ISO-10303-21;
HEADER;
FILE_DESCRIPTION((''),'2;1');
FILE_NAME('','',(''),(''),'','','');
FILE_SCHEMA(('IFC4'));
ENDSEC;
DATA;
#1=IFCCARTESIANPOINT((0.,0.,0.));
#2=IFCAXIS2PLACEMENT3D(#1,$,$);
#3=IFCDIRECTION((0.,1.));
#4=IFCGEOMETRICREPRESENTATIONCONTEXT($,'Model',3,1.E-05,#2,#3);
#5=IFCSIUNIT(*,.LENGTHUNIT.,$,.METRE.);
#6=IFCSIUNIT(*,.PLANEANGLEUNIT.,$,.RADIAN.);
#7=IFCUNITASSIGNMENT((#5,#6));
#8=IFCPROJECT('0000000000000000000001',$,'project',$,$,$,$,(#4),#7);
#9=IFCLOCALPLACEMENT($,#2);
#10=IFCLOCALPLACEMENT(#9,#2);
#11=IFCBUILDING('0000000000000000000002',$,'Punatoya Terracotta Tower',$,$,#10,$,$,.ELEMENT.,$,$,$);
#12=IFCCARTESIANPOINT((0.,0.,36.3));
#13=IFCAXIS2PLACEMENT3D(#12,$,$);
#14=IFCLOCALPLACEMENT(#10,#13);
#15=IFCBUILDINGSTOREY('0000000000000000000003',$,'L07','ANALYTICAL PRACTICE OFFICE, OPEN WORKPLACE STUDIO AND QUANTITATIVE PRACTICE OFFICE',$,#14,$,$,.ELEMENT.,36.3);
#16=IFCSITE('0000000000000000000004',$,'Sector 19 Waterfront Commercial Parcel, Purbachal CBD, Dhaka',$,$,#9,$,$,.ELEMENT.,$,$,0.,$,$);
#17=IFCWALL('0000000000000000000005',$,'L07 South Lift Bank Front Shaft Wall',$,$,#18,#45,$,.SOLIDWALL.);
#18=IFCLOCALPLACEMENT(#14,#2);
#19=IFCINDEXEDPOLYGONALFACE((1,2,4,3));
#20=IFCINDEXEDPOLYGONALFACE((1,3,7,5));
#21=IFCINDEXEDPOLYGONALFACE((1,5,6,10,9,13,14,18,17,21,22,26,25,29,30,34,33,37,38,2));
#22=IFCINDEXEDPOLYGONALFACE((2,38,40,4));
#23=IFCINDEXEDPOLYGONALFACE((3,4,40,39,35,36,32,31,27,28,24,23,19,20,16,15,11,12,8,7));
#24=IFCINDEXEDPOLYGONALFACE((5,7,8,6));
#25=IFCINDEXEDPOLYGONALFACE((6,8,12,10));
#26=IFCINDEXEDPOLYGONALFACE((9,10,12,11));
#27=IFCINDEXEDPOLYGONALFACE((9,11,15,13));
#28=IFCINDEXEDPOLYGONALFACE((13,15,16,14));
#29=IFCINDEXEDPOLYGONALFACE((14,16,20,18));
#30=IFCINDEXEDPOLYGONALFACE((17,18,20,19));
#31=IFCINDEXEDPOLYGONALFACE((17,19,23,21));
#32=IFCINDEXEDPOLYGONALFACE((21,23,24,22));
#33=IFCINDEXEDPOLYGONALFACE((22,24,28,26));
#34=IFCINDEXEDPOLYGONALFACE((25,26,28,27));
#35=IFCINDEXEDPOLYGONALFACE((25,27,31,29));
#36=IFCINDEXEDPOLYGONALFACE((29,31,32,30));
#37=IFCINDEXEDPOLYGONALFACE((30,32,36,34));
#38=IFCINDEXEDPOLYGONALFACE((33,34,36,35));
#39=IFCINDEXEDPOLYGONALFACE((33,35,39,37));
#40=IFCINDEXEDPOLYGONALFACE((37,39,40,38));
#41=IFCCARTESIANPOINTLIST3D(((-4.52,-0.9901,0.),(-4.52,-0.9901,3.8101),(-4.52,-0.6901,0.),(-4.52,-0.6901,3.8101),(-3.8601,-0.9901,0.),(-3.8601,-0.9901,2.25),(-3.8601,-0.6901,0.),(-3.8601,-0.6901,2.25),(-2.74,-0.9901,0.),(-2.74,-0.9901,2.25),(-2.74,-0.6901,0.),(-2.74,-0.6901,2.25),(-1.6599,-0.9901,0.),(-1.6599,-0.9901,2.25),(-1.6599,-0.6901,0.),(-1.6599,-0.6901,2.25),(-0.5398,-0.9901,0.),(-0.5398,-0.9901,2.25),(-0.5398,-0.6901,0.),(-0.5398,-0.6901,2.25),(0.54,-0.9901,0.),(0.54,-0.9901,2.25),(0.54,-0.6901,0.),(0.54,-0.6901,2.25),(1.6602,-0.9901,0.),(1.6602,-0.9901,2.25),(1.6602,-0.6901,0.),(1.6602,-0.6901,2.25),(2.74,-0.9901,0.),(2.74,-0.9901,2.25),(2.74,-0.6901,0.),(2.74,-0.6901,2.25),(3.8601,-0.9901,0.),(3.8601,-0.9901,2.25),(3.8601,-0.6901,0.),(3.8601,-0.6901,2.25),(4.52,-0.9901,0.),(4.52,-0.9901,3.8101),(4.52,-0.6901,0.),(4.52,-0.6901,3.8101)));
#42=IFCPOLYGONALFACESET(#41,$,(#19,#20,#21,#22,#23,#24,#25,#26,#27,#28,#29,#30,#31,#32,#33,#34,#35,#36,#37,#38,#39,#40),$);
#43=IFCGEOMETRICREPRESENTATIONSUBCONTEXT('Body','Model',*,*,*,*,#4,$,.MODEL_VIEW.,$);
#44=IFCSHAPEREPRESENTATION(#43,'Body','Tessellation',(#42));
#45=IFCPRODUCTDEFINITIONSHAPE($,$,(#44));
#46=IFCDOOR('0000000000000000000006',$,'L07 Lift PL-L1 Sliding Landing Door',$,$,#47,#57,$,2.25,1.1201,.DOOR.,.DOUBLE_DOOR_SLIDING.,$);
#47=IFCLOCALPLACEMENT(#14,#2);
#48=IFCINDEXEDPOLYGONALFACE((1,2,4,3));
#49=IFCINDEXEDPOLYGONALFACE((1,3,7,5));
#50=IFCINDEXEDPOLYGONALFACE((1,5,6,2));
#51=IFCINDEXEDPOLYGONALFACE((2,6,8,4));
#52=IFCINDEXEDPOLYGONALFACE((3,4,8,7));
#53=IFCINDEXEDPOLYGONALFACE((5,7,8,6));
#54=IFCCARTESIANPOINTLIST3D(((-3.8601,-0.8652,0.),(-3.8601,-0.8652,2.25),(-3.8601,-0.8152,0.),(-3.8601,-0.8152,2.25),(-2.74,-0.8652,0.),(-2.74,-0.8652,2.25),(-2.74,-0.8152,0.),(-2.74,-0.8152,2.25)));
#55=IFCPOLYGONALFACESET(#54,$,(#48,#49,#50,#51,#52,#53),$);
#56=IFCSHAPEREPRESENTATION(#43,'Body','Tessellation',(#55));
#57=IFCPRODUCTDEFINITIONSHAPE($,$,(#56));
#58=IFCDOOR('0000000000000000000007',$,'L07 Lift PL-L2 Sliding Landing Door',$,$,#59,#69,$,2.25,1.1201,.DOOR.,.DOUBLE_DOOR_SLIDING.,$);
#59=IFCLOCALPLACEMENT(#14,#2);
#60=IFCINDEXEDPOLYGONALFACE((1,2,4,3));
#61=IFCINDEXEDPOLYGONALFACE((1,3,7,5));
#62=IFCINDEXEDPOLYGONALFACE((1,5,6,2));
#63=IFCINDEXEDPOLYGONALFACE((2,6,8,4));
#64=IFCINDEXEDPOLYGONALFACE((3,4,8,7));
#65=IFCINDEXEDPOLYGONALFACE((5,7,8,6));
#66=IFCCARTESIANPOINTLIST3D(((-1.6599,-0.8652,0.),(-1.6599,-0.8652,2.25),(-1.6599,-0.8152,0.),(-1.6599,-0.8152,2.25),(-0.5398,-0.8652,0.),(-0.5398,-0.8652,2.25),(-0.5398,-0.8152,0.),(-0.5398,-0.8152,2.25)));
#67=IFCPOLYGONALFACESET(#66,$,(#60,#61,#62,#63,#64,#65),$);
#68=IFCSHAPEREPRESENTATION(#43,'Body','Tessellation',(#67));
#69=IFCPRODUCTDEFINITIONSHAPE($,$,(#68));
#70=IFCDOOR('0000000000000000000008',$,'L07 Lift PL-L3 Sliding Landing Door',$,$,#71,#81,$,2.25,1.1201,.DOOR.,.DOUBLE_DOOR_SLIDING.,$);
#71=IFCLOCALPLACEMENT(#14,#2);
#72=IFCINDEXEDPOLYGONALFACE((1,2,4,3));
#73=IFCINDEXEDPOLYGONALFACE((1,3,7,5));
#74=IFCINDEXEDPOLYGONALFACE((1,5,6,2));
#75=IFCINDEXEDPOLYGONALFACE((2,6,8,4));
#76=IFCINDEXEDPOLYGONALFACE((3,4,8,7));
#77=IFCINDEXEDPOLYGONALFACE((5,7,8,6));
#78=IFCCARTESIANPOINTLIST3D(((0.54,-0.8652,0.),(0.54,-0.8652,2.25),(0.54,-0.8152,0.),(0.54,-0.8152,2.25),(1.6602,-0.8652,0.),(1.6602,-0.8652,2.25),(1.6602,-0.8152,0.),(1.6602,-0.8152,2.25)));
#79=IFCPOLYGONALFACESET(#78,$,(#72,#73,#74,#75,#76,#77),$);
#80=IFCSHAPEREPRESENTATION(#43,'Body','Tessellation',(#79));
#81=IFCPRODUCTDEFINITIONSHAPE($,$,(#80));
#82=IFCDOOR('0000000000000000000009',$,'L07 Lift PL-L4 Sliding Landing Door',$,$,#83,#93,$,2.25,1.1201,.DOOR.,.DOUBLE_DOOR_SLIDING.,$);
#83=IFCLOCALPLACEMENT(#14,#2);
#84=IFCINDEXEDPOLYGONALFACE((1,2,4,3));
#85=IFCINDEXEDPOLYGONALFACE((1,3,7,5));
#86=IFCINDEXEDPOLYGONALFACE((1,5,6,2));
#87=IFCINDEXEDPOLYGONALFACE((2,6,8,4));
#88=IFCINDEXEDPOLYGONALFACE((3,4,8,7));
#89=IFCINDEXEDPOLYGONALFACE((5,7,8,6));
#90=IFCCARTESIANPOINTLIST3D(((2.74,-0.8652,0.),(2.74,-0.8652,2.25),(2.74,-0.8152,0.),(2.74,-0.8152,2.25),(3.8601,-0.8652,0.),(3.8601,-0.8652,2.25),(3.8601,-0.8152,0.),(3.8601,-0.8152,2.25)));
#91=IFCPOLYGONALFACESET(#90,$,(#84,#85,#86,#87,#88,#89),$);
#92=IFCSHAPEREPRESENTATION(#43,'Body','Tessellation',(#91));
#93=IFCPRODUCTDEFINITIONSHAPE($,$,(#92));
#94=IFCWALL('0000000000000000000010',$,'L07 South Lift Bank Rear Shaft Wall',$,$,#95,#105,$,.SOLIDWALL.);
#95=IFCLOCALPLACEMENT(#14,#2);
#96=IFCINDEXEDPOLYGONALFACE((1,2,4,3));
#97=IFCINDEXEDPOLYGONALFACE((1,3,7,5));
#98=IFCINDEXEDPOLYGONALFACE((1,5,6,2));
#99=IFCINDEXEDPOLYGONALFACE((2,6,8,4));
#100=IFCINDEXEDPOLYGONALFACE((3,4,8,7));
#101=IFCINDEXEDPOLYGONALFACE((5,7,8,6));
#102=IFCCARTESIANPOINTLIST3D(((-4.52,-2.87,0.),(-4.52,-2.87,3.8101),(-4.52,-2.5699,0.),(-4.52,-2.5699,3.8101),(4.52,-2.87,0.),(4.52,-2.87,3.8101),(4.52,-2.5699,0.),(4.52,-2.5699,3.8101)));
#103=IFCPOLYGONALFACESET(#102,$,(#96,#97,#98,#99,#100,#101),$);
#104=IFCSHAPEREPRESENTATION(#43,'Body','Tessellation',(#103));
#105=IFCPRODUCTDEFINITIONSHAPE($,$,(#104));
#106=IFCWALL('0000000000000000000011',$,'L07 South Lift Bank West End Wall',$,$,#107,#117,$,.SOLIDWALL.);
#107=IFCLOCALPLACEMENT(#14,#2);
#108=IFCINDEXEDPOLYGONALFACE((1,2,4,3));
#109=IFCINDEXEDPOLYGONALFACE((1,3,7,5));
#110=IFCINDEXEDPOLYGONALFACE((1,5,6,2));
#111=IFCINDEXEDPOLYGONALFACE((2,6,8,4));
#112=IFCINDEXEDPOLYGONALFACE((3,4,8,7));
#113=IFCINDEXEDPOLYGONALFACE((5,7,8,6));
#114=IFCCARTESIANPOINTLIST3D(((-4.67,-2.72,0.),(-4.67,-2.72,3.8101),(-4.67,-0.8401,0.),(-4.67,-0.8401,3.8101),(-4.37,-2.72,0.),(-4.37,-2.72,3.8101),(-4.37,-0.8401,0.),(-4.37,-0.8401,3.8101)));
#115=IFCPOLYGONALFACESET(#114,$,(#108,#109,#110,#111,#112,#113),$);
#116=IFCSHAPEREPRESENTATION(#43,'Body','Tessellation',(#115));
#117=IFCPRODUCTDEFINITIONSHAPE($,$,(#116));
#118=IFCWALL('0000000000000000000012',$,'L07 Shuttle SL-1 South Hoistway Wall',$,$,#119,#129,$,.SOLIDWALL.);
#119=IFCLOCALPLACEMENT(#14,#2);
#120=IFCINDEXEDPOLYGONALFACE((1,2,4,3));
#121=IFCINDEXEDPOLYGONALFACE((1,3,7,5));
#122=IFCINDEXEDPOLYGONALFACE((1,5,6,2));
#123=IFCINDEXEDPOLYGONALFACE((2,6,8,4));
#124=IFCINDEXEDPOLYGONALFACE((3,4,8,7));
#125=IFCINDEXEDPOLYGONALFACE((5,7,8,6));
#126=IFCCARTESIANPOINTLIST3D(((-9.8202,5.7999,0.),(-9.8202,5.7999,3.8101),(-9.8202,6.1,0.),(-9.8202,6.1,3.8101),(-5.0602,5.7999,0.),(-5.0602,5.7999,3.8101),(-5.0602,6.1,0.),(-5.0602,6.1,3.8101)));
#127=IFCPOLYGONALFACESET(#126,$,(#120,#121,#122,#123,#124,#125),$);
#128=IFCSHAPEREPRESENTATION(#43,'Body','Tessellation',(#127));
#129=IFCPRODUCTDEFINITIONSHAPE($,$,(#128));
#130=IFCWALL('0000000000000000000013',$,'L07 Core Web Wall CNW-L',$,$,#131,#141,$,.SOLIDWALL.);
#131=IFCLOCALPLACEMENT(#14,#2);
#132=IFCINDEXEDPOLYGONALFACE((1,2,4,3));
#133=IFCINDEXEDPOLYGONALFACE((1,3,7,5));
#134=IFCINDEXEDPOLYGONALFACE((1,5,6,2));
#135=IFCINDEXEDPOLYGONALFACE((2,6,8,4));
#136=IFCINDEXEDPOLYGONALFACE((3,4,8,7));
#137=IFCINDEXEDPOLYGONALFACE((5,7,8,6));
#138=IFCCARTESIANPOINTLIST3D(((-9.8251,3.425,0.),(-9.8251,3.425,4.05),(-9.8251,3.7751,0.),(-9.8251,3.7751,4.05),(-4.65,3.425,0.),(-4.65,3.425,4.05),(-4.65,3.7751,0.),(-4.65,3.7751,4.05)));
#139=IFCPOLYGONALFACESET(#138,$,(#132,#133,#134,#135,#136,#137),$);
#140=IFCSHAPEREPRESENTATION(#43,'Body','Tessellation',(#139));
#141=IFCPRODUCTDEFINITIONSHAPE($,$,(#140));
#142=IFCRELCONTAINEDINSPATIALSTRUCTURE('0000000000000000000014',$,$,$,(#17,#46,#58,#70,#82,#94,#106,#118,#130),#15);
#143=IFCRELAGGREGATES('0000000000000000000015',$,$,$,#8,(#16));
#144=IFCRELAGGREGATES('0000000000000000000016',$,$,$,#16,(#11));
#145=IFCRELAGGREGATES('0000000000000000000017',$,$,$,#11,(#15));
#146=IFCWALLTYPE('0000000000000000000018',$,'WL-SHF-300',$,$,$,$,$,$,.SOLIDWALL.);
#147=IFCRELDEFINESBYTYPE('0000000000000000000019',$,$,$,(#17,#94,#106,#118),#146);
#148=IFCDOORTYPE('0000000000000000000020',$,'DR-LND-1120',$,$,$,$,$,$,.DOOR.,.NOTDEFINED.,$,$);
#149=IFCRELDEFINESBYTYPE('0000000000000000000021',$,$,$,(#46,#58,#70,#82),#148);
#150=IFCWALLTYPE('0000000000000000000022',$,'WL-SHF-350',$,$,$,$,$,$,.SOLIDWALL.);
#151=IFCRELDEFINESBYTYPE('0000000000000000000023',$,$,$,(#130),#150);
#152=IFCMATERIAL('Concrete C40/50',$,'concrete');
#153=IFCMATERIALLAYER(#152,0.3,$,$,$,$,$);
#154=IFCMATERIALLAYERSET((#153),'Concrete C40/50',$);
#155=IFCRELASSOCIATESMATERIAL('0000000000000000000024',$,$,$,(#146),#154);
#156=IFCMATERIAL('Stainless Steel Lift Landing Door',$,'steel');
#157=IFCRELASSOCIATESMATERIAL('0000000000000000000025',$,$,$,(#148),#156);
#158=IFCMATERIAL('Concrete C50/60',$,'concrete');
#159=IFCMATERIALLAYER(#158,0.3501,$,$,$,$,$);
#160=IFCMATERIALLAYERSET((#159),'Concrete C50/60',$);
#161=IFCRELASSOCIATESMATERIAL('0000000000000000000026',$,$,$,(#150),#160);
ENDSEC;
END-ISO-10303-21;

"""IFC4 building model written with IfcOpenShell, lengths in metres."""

from ifc_helpers import new_model, si_unit, direction, frame, frame_2d, origin, place, context, subcontext, project, spatial, rectangle, extrude, material, layer, layer_set, type_object, element, fill, save


model = new_model("IFC4")

# Units and contexts
model_context = context("Model", 3, precision=1e-05, world=origin(), true_north=direction((0.0, 1.0)))
body_context = subcontext(model_context, "Body", "Model", "MODEL_VIEW")
ifc_project = project(units=[si_unit("LENGTHUNIT", "METRE"), si_unit("PLANEANGLEUNIT", "RADIAN")], contexts=[model_context])

# Site, building, storey
site_placement = place(None, origin())
site = spatial("IfcSite", under=ifc_project, at=site_placement, Name="Sector 19 Waterfront Commercial Parcel, Purbachal CBD, Dhaka", CompositionType="ELEMENT", RefElevation=0.0)
building_placement = place(site_placement, origin())
building = spatial("IfcBuilding", under=site, at=building_placement, Name="Punatoya Terracotta Tower", CompositionType="ELEMENT")
storey_placement = place(building_placement, frame((0.0, 0.0, 36.3)))
storey = spatial("IfcBuildingStorey", under=building, at=storey_placement, Name="L07", Description="ANALYTICAL PRACTICE OFFICE, OPEN WORKPLACE STUDIO AND QUANTITATIVE PRACTICE OFFICE", CompositionType="ELEMENT", Elevation=36.3)

# Shared definitions
ifc_material_1 = material(Name="Concrete C40/50", Category="concrete")
ifc_layer_1 = layer(ifc_material_1, 0.3)
ifc_layer_set_1 = layer_set([ifc_layer_1], Name="Concrete C40/50")
wall_type_1 = type_object("IfcWallType", Name="WL-SHF-300", PredefinedType="SOLIDWALL", material=ifc_layer_set_1)

# Wall, openings, doors
wall_1_placement = place(storey_placement, frame((-4.52, -0.8401, 0.0), z_axis=(0.0, 0.0, 1.0), x_axis=(1.0, 0.0, 0.0)))
wall_1 = element("IfcWall", 1, at=wall_1_placement, inside=storey, type_object=wall_type_1, Name="L07 South Lift Bank Front Shaft Wall", PredefinedType="SOLIDWALL", context=body_context, shape_type="SweptSolid", body=[
    extrude(rectangle(XDim=9.04, YDim=0.3, at=frame_2d((4.52, 0.0))), origin(), (0.0, 0.0, 1.0), 3.8101),
])
opening_1_placement = place(wall_1_placement, frame((0.6599, 0.0, 0.0)))
opening_1 = element("IfcOpeningElement", 2, at=opening_1_placement, cuts=wall_1, PredefinedType="OPENING", context=body_context, shape_type="SweptSolid", body=[
    extrude(rectangle(XDim=1.1201, YDim=2.25, at=frame_2d((0.5601, 1.125))), frame((0.0, 0.1599, 0.0), z_axis=(0.0, -1.0, 0.0), x_axis=(1.0, 0.0, 0.0)), (0.0, 0.0, 1.0), 0.3201),
])
opening_2_placement = place(wall_1_placement, frame((2.8601, 0.0, 0.0)))
opening_2 = element("IfcOpeningElement", 3, at=opening_2_placement, cuts=wall_1, PredefinedType="OPENING", context=body_context, shape_type="SweptSolid", body=[
    extrude(rectangle(XDim=1.1201, YDim=2.25, at=frame_2d((0.5601, 1.125))), frame((0.0, 0.1599, 0.0), z_axis=(0.0, -1.0, 0.0), x_axis=(1.0, 0.0, 0.0)), (0.0, 0.0, 1.0), 0.3201),
])
opening_3_placement = place(wall_1_placement, frame((5.0601, 0.0, 0.0)))
opening_3 = element("IfcOpeningElement", 4, at=opening_3_placement, cuts=wall_1, PredefinedType="OPENING", context=body_context, shape_type="SweptSolid", body=[
    extrude(rectangle(XDim=1.1201, YDim=2.25, at=frame_2d((0.5601, 1.125))), frame((0.0, 0.1599, 0.0), z_axis=(0.0, -1.0, 0.0), x_axis=(1.0, 0.0, 0.0)), (0.0, 0.0, 1.0), 0.3201),
])
opening_4_placement = place(wall_1_placement, frame((7.26, 0.0, 0.0)))
opening_4 = element("IfcOpeningElement", 5, at=opening_4_placement, cuts=wall_1, PredefinedType="OPENING", context=body_context, shape_type="SweptSolid", body=[
    extrude(rectangle(XDim=1.1201, YDim=2.25, at=frame_2d((0.5601, 1.125))), frame((0.0, 0.1599, 0.0), z_axis=(0.0, -1.0, 0.0), x_axis=(1.0, 0.0, 0.0)), (0.0, 0.0, 1.0), 0.3201),
])
ifc_material_2 = material(Name="Stainless Steel Lift Landing Door", Category="steel")
door_type_1 = type_object("IfcDoorType", Name="DR-LND-1120", OperationType="NOTDEFINED", PredefinedType="DOOR", material=ifc_material_2)
door_1_placement = place(opening_1_placement, origin())
door_1 = element("IfcDoor", 6, at=door_1_placement, inside=storey, type_object=door_type_1, Name="L07 Lift PL-L1 Sliding Landing Door", OperationType="DOUBLE_DOOR_SLIDING", OverallHeight=2.25, OverallWidth=1.1201, PredefinedType="DOOR", context=body_context, shape_type="SweptSolid", body=[
    extrude(rectangle(XDim=1.1201, YDim=2.25, at=frame_2d((0.5601, 1.125))), frame((0.0, 0.0249, 0.0), z_axis=(0.0, -1.0, 0.0), x_axis=(1.0, 0.0, 0.0)), (0.0, 0.0, 1.0), 0.05),
])
fill(opening_1, door_1)
door_2_placement = place(opening_2_placement, origin())
door_2 = element("IfcDoor", 7, at=door_2_placement, inside=storey, type_object=door_type_1, Name="L07 Lift PL-L2 Sliding Landing Door", OperationType="DOUBLE_DOOR_SLIDING", OverallHeight=2.25, OverallWidth=1.1201, PredefinedType="DOOR", context=body_context, shape_type="SweptSolid", body=[
    extrude(rectangle(XDim=1.1201, YDim=2.25, at=frame_2d((0.5601, 1.125))), frame((0.0, 0.0249, 0.0), z_axis=(0.0, -1.0, 0.0), x_axis=(1.0, 0.0, 0.0)), (0.0, 0.0, 1.0), 0.05),
])
fill(opening_2, door_2)
door_3_placement = place(opening_3_placement, origin())
door_3 = element("IfcDoor", 8, at=door_3_placement, inside=storey, type_object=door_type_1, Name="L07 Lift PL-L3 Sliding Landing Door", OperationType="DOUBLE_DOOR_SLIDING", OverallHeight=2.25, OverallWidth=1.1201, PredefinedType="DOOR", context=body_context, shape_type="SweptSolid", body=[
    extrude(rectangle(XDim=1.1201, YDim=2.25, at=frame_2d((0.5601, 1.125))), frame((0.0, 0.0249, 0.0), z_axis=(0.0, -1.0, 0.0), x_axis=(1.0, 0.0, 0.0)), (0.0, 0.0, 1.0), 0.05),
])
fill(opening_3, door_3)
door_4_placement = place(opening_4_placement, origin())
door_4 = element("IfcDoor", 9, at=door_4_placement, inside=storey, type_object=door_type_1, Name="L07 Lift PL-L4 Sliding Landing Door", OperationType="DOUBLE_DOOR_SLIDING", OverallHeight=2.25, OverallWidth=1.1201, PredefinedType="DOOR", context=body_context, shape_type="SweptSolid", body=[
    extrude(rectangle(XDim=1.1201, YDim=2.25, at=frame_2d((0.5601, 1.125))), frame((0.0, 0.0249, 0.0), z_axis=(0.0, -1.0, 0.0), x_axis=(1.0, 0.0, 0.0)), (0.0, 0.0, 1.0), 0.05),
])
fill(opening_4, door_4)

# Walls
wall_2_placement = place(storey_placement, frame((-4.52, -2.72, 0.0), z_axis=(0.0, 0.0, 1.0), x_axis=(1.0, 0.0, 0.0)))
element("IfcWall", 10, at=wall_2_placement, inside=storey, type_object=wall_type_1, Name="L07 South Lift Bank Rear Shaft Wall", PredefinedType="SOLIDWALL", context=body_context, shape_type="SweptSolid", body=[
    extrude(rectangle(XDim=9.04, YDim=0.3, at=frame_2d((4.52, 0.0))), origin(), (0.0, 0.0, 1.0), 3.8101),
])
wall_3_placement = place(storey_placement, frame((-4.52, -2.72, 0.0), z_axis=(0.0, 0.0, 1.0), x_axis=(0.0, 1.0, 0.0)))
element("IfcWall", 11, at=wall_3_placement, inside=storey, type_object=wall_type_1, Name="L07 South Lift Bank West End Wall", PredefinedType="SOLIDWALL", context=body_context, shape_type="SweptSolid", body=[
    extrude(rectangle(XDim=1.8799, YDim=0.3, at=frame_2d((0.9399, 0.0))), origin(), (0.0, 0.0, 1.0), 3.8101),
])
wall_4_placement = place(storey_placement, frame((-9.8201, 5.95, 0.0), z_axis=(0.0, 0.0, 1.0), x_axis=(1.0, 0.0, 0.0)))
element("IfcWall", 12, at=wall_4_placement, inside=storey, type_object=wall_type_1, Name="L07 Shuttle SL-1 South Hoistway Wall", PredefinedType="SOLIDWALL", context=body_context, shape_type="SweptSolid", body=[
    extrude(rectangle(XDim=4.76, YDim=0.3, at=frame_2d((2.3799, 0.0))), origin(), (0.0, 0.0, 1.0), 3.8101),
])
ifc_material_3 = material(Name="Concrete C50/60", Category="concrete")
ifc_layer_2 = layer(ifc_material_3, 0.3501)
ifc_layer_set_2 = layer_set([ifc_layer_2], Name="Concrete C50/60")
wall_type_2 = type_object("IfcWallType", Name="WL-SHF-350", PredefinedType="SOLIDWALL", material=ifc_layer_set_2)
wall_5_placement = place(storey_placement, frame((-9.825, 3.6001, 0.0), z_axis=(0.0, 0.0, 1.0), x_axis=(1.0, 0.0, 0.0)))
element("IfcWall", 13, at=wall_5_placement, inside=storey, type_object=wall_type_2, Name="L07 Core Web Wall CNW-L", PredefinedType="SOLIDWALL", context=body_context, shape_type="SweptSolid", body=[
    extrude(rectangle(XDim=5.175, YDim=0.3501, at=frame_2d((2.5874, 0.0))), origin(), (0.0, 0.0, 1.0), 4.05),
])

save(model, "model.ifc")
